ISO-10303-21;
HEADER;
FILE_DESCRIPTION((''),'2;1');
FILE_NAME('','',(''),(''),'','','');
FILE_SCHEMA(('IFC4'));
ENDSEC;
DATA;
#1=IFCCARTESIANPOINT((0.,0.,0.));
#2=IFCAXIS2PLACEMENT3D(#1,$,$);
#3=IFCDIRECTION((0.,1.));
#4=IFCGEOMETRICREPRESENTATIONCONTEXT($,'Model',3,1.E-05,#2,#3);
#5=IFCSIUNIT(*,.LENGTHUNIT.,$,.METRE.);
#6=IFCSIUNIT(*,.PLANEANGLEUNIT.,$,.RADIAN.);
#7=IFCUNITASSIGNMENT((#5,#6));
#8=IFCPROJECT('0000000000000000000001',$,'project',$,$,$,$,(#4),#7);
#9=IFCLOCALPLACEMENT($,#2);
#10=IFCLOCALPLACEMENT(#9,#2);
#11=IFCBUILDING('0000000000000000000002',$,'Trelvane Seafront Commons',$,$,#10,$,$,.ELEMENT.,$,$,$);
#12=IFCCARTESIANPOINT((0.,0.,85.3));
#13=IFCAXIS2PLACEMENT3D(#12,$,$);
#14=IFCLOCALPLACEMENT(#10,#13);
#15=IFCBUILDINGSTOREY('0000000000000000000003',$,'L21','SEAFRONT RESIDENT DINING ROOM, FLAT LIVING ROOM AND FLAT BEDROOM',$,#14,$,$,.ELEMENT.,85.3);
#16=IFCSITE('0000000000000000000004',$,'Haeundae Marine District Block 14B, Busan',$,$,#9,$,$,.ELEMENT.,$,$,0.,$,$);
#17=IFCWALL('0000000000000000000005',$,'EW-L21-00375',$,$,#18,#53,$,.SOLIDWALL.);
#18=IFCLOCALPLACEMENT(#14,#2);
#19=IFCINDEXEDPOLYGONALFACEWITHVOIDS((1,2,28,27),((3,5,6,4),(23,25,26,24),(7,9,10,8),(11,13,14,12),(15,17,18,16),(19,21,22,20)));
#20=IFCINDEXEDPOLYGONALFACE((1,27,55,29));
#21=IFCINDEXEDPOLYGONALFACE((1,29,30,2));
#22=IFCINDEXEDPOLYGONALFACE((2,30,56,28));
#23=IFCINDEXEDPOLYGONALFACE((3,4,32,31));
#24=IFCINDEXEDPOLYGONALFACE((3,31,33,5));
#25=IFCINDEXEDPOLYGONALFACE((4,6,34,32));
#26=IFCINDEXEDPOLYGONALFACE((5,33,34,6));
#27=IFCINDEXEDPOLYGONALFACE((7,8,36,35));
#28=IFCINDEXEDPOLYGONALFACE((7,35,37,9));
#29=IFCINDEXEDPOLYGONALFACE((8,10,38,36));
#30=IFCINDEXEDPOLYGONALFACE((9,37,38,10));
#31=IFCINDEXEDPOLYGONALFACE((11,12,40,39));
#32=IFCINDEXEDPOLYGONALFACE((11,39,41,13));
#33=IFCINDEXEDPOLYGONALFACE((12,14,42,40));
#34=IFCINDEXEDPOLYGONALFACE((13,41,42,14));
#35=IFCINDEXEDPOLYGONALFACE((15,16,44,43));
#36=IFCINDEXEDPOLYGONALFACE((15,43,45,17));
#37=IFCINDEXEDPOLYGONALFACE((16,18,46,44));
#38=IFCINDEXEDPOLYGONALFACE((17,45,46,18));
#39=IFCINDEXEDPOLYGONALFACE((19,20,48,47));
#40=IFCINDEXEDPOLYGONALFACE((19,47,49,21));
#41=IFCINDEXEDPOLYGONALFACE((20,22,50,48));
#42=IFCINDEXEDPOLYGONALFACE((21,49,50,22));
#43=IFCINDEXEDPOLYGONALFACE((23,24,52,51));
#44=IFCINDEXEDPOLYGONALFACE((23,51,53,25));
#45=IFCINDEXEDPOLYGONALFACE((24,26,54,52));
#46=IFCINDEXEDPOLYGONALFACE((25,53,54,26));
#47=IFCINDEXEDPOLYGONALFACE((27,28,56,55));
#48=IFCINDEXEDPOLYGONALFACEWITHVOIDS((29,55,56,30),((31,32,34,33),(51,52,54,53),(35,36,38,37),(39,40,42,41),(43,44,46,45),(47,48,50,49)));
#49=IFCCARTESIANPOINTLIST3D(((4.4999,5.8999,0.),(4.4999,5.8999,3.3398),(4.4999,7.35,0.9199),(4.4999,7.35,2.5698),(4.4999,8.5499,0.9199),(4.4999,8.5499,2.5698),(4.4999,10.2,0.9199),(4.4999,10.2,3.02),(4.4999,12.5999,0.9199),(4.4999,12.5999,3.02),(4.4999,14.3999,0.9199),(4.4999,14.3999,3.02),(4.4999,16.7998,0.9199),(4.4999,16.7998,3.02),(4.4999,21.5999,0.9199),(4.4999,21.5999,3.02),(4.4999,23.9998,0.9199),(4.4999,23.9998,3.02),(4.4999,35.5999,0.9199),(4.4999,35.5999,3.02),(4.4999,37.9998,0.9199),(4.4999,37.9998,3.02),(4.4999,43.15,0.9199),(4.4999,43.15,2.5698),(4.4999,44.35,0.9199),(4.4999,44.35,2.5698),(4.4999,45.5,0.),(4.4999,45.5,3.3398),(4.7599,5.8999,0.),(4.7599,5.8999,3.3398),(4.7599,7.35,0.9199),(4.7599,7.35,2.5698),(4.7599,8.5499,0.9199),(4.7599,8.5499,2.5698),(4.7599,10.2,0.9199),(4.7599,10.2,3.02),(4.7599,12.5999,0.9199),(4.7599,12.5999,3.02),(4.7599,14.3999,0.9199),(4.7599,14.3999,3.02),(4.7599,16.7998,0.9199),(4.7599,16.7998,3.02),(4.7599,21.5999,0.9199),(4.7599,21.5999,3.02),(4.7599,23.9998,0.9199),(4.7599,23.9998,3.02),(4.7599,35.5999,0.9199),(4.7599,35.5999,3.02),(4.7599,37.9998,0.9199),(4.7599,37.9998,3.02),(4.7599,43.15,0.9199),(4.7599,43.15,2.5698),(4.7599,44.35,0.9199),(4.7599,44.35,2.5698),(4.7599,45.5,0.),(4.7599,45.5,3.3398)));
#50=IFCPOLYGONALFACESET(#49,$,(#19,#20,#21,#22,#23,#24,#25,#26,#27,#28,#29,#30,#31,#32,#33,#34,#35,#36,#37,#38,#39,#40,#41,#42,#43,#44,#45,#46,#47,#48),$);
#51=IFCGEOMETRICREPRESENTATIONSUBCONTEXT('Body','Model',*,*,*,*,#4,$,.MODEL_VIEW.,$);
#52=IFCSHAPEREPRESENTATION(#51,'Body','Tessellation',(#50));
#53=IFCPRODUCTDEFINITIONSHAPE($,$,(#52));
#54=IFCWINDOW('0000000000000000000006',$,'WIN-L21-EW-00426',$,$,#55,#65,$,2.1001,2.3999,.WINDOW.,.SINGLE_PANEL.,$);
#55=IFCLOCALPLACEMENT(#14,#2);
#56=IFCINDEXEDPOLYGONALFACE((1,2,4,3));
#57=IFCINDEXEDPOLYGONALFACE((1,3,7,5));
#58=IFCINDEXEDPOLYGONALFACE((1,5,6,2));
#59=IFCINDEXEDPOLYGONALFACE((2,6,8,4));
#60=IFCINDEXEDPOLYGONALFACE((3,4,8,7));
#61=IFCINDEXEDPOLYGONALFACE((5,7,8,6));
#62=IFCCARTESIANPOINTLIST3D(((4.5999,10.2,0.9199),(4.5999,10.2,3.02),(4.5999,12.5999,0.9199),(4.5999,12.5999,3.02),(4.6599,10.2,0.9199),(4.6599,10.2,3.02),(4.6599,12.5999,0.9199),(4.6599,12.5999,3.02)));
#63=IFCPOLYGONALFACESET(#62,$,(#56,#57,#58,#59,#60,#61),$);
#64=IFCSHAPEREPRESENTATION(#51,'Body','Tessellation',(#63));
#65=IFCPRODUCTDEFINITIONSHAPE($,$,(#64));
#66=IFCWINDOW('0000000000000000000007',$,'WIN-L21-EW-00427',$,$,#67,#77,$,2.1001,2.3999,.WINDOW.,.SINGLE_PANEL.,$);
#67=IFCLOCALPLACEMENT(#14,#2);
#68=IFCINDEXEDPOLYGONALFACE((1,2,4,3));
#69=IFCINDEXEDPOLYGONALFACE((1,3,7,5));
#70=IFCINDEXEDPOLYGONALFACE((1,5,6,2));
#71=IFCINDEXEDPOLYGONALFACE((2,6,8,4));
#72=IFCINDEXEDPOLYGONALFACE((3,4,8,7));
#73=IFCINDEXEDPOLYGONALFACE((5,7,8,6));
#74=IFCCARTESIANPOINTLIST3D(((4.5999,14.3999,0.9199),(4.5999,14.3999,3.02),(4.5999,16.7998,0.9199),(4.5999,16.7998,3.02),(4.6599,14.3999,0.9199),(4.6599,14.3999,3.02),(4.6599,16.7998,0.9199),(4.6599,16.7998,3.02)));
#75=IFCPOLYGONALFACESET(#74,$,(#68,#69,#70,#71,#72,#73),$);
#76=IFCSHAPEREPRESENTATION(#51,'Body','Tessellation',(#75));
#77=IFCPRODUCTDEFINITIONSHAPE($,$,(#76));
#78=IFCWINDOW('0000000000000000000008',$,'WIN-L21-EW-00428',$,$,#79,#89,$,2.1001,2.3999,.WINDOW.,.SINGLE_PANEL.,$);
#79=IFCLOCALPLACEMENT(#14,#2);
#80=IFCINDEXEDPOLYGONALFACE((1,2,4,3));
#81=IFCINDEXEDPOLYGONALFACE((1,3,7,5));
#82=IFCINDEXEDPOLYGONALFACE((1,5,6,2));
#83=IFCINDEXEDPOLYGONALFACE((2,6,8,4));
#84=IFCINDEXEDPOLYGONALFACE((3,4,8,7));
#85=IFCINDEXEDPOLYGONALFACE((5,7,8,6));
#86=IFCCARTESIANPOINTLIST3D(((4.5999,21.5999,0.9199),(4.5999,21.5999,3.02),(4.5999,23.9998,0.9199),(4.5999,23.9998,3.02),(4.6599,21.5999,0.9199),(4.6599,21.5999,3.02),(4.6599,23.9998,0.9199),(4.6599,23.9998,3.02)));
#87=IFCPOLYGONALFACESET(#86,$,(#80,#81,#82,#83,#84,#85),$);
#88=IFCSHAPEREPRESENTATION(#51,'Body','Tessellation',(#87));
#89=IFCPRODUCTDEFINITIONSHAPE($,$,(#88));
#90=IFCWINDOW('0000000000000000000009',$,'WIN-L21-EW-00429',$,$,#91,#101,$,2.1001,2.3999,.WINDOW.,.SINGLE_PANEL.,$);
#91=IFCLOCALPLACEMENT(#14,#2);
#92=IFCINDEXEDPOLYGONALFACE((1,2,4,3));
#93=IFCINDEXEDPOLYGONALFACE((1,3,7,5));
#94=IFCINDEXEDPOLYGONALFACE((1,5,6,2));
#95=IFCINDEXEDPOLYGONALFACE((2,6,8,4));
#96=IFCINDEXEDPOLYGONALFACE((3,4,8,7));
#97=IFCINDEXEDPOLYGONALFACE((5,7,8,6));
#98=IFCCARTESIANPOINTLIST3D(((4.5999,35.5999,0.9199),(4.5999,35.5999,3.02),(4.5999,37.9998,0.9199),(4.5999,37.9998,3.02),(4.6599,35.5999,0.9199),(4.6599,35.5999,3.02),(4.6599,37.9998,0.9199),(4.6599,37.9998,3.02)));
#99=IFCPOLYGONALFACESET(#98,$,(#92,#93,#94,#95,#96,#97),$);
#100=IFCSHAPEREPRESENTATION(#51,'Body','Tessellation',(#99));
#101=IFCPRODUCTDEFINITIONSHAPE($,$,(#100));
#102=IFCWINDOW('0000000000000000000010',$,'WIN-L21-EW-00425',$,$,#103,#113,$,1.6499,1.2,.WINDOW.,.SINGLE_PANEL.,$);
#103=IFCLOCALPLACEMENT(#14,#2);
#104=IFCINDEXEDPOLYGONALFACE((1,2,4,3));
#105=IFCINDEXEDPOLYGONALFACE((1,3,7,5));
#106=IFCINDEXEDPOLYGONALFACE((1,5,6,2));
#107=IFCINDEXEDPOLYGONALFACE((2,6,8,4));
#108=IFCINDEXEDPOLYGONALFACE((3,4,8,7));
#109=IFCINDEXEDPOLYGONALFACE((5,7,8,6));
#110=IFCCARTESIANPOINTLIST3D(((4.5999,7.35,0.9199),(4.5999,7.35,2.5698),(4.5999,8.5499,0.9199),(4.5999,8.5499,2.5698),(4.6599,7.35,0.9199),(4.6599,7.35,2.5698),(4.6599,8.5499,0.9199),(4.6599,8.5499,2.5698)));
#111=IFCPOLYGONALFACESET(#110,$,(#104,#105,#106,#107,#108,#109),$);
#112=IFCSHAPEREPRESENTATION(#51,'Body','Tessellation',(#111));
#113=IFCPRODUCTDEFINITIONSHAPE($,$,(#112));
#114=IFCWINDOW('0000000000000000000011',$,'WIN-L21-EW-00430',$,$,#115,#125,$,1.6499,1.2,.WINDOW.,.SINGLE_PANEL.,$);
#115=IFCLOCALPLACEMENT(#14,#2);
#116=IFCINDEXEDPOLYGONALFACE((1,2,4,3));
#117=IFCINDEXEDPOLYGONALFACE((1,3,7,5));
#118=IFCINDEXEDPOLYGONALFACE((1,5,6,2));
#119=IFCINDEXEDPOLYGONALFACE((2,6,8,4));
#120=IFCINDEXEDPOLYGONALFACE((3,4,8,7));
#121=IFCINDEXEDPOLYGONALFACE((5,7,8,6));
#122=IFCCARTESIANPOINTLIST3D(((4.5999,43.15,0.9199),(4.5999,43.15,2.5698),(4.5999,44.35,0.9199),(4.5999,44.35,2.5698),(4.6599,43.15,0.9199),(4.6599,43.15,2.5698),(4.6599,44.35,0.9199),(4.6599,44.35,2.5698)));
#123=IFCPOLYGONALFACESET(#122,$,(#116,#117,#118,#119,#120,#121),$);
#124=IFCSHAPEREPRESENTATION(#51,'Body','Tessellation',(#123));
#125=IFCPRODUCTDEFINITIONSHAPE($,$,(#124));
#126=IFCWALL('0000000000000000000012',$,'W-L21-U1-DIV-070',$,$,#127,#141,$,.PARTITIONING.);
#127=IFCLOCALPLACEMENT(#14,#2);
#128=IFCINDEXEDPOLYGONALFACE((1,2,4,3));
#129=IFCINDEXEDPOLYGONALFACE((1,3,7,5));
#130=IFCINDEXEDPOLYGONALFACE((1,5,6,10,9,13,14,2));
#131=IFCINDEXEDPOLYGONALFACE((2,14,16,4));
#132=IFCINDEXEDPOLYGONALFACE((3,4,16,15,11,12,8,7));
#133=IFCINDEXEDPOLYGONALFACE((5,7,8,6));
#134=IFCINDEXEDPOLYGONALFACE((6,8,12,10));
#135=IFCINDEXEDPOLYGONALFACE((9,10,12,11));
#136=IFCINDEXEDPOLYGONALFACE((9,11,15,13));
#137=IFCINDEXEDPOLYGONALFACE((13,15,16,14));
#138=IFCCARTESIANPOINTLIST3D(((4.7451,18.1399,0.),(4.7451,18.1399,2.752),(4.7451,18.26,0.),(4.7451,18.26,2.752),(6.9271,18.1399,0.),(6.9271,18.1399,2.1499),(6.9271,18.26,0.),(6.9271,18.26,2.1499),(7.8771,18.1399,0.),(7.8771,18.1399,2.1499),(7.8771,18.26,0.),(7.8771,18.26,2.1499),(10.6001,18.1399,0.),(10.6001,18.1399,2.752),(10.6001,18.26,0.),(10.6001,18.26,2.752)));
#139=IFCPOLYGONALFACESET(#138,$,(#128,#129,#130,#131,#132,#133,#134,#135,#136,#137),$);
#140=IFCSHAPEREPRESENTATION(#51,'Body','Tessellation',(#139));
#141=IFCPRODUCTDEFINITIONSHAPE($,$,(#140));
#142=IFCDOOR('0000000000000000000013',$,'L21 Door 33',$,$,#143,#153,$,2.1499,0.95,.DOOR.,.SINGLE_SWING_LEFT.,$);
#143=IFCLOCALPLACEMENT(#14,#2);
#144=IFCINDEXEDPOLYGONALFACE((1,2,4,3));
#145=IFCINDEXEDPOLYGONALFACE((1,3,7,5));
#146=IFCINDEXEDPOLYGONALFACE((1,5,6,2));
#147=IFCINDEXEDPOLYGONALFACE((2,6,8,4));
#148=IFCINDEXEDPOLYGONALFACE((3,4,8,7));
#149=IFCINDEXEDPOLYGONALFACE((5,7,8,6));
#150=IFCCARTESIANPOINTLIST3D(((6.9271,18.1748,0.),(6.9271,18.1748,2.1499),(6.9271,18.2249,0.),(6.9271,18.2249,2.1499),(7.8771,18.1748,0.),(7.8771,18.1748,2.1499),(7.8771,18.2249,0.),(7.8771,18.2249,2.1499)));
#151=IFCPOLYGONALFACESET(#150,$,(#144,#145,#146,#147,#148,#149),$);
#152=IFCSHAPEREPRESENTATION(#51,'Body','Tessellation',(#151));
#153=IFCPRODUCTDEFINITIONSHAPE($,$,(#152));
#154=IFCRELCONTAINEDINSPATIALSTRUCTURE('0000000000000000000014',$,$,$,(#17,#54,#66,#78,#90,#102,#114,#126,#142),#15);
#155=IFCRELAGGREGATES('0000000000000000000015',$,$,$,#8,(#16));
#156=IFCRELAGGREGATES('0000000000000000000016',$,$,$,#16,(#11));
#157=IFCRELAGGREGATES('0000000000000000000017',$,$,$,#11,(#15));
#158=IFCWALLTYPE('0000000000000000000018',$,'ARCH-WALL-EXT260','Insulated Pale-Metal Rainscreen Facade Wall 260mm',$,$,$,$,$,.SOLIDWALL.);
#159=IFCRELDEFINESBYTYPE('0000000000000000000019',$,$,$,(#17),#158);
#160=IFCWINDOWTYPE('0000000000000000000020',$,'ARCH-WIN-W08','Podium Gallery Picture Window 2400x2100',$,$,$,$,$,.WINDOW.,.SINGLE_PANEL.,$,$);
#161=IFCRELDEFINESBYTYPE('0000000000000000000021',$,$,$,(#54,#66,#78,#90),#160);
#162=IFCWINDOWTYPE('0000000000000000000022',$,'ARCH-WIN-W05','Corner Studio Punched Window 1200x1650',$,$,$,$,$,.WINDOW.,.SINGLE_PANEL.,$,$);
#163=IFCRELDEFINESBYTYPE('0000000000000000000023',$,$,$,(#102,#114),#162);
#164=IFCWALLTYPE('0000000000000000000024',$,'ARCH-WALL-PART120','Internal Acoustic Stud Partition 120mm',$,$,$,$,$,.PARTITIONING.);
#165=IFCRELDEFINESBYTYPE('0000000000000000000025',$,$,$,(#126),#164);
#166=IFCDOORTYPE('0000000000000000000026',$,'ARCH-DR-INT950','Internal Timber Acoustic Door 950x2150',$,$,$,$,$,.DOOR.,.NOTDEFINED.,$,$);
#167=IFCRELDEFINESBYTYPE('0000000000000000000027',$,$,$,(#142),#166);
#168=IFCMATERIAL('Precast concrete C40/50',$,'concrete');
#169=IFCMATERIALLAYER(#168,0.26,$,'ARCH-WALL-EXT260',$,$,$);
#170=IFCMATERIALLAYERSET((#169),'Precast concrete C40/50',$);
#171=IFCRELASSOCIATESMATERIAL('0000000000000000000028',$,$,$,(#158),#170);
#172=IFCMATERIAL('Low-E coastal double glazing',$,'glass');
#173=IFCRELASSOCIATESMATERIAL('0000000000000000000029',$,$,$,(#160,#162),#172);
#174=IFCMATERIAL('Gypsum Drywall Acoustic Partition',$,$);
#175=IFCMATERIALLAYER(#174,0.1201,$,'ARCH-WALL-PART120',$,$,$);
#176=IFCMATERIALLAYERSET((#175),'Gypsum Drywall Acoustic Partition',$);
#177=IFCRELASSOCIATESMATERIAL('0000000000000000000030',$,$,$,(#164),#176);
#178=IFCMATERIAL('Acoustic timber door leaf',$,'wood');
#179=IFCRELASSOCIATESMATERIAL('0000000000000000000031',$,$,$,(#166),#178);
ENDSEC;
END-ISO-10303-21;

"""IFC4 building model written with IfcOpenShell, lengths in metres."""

from ifc_helpers import new_model, si_unit, direction, frame, frame_2d, origin, place, context, subcontext, project, spatial, rectangle, extrude, source, transform, mapped, material, layer, layer_set, type_object, element, fill, save


model = new_model("IFC4")

# Units and contexts
model_context = context("Model", 3, precision=1e-05, world=origin(), true_north=direction((0.0, 1.0)))
body_context = subcontext(model_context, "Body", "Model", "MODEL_VIEW")
ifc_project = project(units=[si_unit("LENGTHUNIT", "METRE"), si_unit("PLANEANGLEUNIT", "RADIAN")], contexts=[model_context])

# Site, building, storey
site_placement = place(None, origin())
site = spatial("IfcSite", under=ifc_project, at=site_placement, Name="Haeundae Marine District Block 14B, Busan", CompositionType="ELEMENT", RefElevation=0.0)
building_placement = place(site_placement, origin())
building = spatial("IfcBuilding", under=site, at=building_placement, Name="Trelvane Seafront Commons", CompositionType="ELEMENT")
storey_placement = place(building_placement, frame((0.0, 0.0, 85.3)))
storey = spatial("IfcBuildingStorey", under=building, at=storey_placement, Name="L21", Description="SEAFRONT RESIDENT DINING ROOM, FLAT LIVING ROOM AND FLAT BEDROOM", CompositionType="ELEMENT", Elevation=85.3)

# Shared definitions
ifc_material_1 = material(Name="Precast concrete C40/50", Category="concrete")
ifc_layer_1 = layer(ifc_material_1, 0.26, Name="ARCH-WALL-EXT260")
ifc_layer_set_1 = layer_set([ifc_layer_1], Name="Precast concrete C40/50")
wall_type_1 = type_object("IfcWallType", Name="ARCH-WALL-EXT260", Description="Insulated Pale-Metal Rainscreen Facade Wall 260mm", PredefinedType="SOLIDWALL", material=ifc_layer_set_1)

# Wall, openings, windows
wall_1_placement = place(storey_placement, frame((4.6299, 5.8999, 0.0), z_axis=(0.0, 0.0, 1.0), x_axis=(0.0, 1.0, 0.0)))
wall_1 = element("IfcWall", 1, at=wall_1_placement, inside=storey, type_object=wall_type_1, Name="EW-L21-00375", PredefinedType="SOLIDWALL", context=body_context, shape_type="SweptSolid", body=[
    extrude(rectangle(XDim=39.6001, YDim=0.26, at=frame_2d((19.8, 0.0))), origin(), (0.0, 0.0, 1.0), 3.3398),
])
opening_1_placement = place(wall_1_placement, frame((1.45, 0.0, 0.9199)))
opening_1 = element("IfcOpeningElement", 2, at=opening_1_placement, cuts=wall_1, PredefinedType="OPENING", context=body_context, shape_type="SweptSolid", body=[
    extrude(rectangle(XDim=1.2, YDim=1.6499, at=frame_2d((0.6001, 0.825))), frame((0.0, 0.1399, 0.0), z_axis=(0.0, -1.0, 0.0), x_axis=(1.0, 0.0, 0.0)), (0.0, 0.0, 1.0), 0.28),
])
opening_2_placement = place(wall_1_placement, frame((4.3, 0.0, 0.9199)))
opening_2 = element("IfcOpeningElement", 3, at=opening_2_placement, cuts=wall_1, PredefinedType="OPENING", context=body_context, shape_type="SweptSolid", body=[
    extrude(rectangle(XDim=2.3999, YDim=2.1001, at=frame_2d((1.2, 1.05))), frame((0.0, 0.1399, 0.0), z_axis=(0.0, -1.0, 0.0), x_axis=(1.0, 0.0, 0.0)), (0.0, 0.0, 1.0), 0.28),
])
opening_3_placement = place(wall_1_placement, frame((8.5, 0.0, 0.9199)))
opening_3 = element("IfcOpeningElement", 4, at=opening_3_placement, cuts=wall_1, PredefinedType="OPENING", context=body_context, shape_type="SweptSolid", body=[
    extrude(rectangle(XDim=2.3999, YDim=2.1001, at=frame_2d((1.2, 1.05))), frame((0.0, 0.1399, 0.0), z_axis=(0.0, -1.0, 0.0), x_axis=(1.0, 0.0, 0.0)), (0.0, 0.0, 1.0), 0.28),
])
opening_4_placement = place(wall_1_placement, frame((15.7, 0.0, 0.9199)))
opening_4 = element("IfcOpeningElement", 5, at=opening_4_placement, cuts=wall_1, PredefinedType="OPENING", context=body_context, shape_type="SweptSolid", body=[
    extrude(rectangle(XDim=2.3999, YDim=2.1001, at=frame_2d((1.2, 1.05))), frame((0.0, 0.1399, 0.0), z_axis=(0.0, -1.0, 0.0), x_axis=(1.0, 0.0, 0.0)), (0.0, 0.0, 1.0), 0.28),
])
opening_5_placement = place(wall_1_placement, frame((29.7, 0.0, 0.9199)))
opening_5 = element("IfcOpeningElement", 6, at=opening_5_placement, cuts=wall_1, PredefinedType="OPENING", context=body_context, shape_type="SweptSolid", body=[
    extrude(rectangle(XDim=2.3999, YDim=2.1001, at=frame_2d((1.2, 1.05))), frame((0.0, 0.1399, 0.0), z_axis=(0.0, -1.0, 0.0), x_axis=(1.0, 0.0, 0.0)), (0.0, 0.0, 1.0), 0.28),
])
opening_6_placement = place(wall_1_placement, frame((37.25, 0.0, 0.9199)))
opening_6 = element("IfcOpeningElement", 7, at=opening_6_placement, cuts=wall_1, PredefinedType="OPENING", context=body_context, shape_type="SweptSolid", body=[
    extrude(rectangle(XDim=1.2, YDim=1.6499, at=frame_2d((0.6001, 0.825))), frame((0.0, 0.1399, 0.0), z_axis=(0.0, -1.0, 0.0), x_axis=(1.0, 0.0, 0.0)), (0.0, 0.0, 1.0), 0.28),
])
ifc_material_2 = material(Name="Low-E coastal double glazing", Category="glass")
window_type_1 = type_object("IfcWindowType", Name="ARCH-WIN-W08", Description="Podium Gallery Picture Window 2400x2100", PartitioningType="SINGLE_PANEL", PredefinedType="WINDOW", material=ifc_material_2)
shared_shape_1 = source(origin(), body_context, "Body", "SweptSolid", [
    extrude(rectangle(XDim=2.3999, YDim=2.1001, at=frame_2d((1.2, 1.05))), frame((0.0, 0.03, 0.0), z_axis=(0.0, -1.0, 0.0), x_axis=(1.0, 0.0, 0.0)), (0.0, 0.0, 1.0), 0.0601),
])
window_1_placement = place(opening_2_placement, origin())
window_1 = element("IfcWindow", 8, at=window_1_placement, inside=storey, type_object=window_type_1, Name="WIN-L21-EW-00426", OverallHeight=2.1001, OverallWidth=2.3999, PartitioningType="SINGLE_PANEL", PredefinedType="WINDOW", context=body_context, shape_type="MappedRepresentation", body=[
    mapped(shared_shape_1, transform((0.0, 0.0, 0.0), x_axis=(1.0, 0.0, 0.0), y_axis=(0.0, 1.0, 0.0), z_axis=(0.0, 0.0, 1.0), scale=1.0)),
])
fill(opening_2, window_1)
window_2_placement = place(opening_3_placement, origin())
window_2 = element("IfcWindow", 9, at=window_2_placement, inside=storey, type_object=window_type_1, Name="WIN-L21-EW-00427", OverallHeight=2.1001, OverallWidth=2.3999, PartitioningType="SINGLE_PANEL", PredefinedType="WINDOW", context=body_context, shape_type="MappedRepresentation", body=[
    mapped(shared_shape_1, transform((0.0, 0.0, 0.0), x_axis=(1.0, 0.0, 0.0), y_axis=(0.0, 1.0, 0.0), z_axis=(0.0, 0.0, 1.0), scale=1.0)),
])
fill(opening_3, window_2)
window_3_placement = place(opening_4_placement, origin())
window_3 = element("IfcWindow", 10, at=window_3_placement, inside=storey, type_object=window_type_1, Name="WIN-L21-EW-00428", OverallHeight=2.1001, OverallWidth=2.3999, PartitioningType="SINGLE_PANEL", PredefinedType="WINDOW", context=body_context, shape_type="MappedRepresentation", body=[
    mapped(shared_shape_1, transform((0.0, 0.0, 0.0), x_axis=(1.0, 0.0, 0.0), y_axis=(0.0, 1.0, 0.0), z_axis=(0.0, 0.0, 1.0), scale=1.0)),
])
fill(opening_4, window_3)
window_4_placement = place(opening_5_placement, origin())
window_4 = element("IfcWindow", 11, at=window_4_placement, inside=storey, type_object=window_type_1, Name="WIN-L21-EW-00429", OverallHeight=2.1001, OverallWidth=2.3999, PartitioningType="SINGLE_PANEL", PredefinedType="WINDOW", context=body_context, shape_type="MappedRepresentation", body=[
    mapped(shared_shape_1, transform((0.0, 0.0, 0.0), x_axis=(1.0, 0.0, 0.0), y_axis=(0.0, 1.0, 0.0), z_axis=(0.0, 0.0, 1.0), scale=1.0)),
])
fill(opening_5, window_4)
window_type_2 = type_object("IfcWindowType", Name="ARCH-WIN-W05", Description="Corner Studio Punched Window 1200x1650", PartitioningType="SINGLE_PANEL", PredefinedType="WINDOW", material=ifc_material_2)
shared_shape_2 = source(origin(), body_context, "Body", "SweptSolid", [
    extrude(rectangle(XDim=1.2, YDim=1.6499, at=frame_2d((0.6001, 0.825))), frame((0.0, 0.03, 0.0), z_axis=(0.0, -1.0, 0.0), x_axis=(1.0, 0.0, 0.0)), (0.0, 0.0, 1.0), 0.0601),
])
window_5_placement = place(opening_1_placement, origin())
window_5 = element("IfcWindow", 12, at=window_5_placement, inside=storey, type_object=window_type_2, Name="WIN-L21-EW-00425", OverallHeight=1.6499, OverallWidth=1.2, PartitioningType="SINGLE_PANEL", PredefinedType="WINDOW", context=body_context, shape_type="MappedRepresentation", body=[
    mapped(shared_shape_2, transform((0.0, 0.0, 0.0), x_axis=(1.0, 0.0, 0.0), y_axis=(0.0, 1.0, 0.0), z_axis=(0.0, 0.0, 1.0), scale=1.0)),
])
fill(opening_1, window_5)
window_6_placement = place(opening_6_placement, origin())
window_6 = element("IfcWindow", 13, at=window_6_placement, inside=storey, type_object=window_type_2, Name="WIN-L21-EW-00430", OverallHeight=1.6499, OverallWidth=1.2, PartitioningType="SINGLE_PANEL", PredefinedType="WINDOW", context=body_context, shape_type="MappedRepresentation", body=[
    mapped(shared_shape_2, transform((0.0, 0.0, 0.0), x_axis=(1.0, 0.0, 0.0), y_axis=(0.0, 1.0, 0.0), z_axis=(0.0, 0.0, 1.0), scale=1.0)),
])
fill(opening_6, window_6)

# Wall, opening, door
ifc_material_3 = material(Name="Gypsum Drywall Acoustic Partition")
ifc_layer_2 = layer(ifc_material_3, 0.1201, Name="ARCH-WALL-PART120")
ifc_layer_set_2 = layer_set([ifc_layer_2], Name="Gypsum Drywall Acoustic Partition")
wall_type_2 = type_object("IfcWallType", Name="ARCH-WALL-PART120", Description="Internal Acoustic Stud Partition 120mm", PredefinedType="PARTITIONING", material=ifc_layer_set_2)
wall_2_placement = place(storey_placement, frame((4.7451, 18.2, 0.0), z_axis=(0.0, 0.0, 1.0), x_axis=(1.0, 0.0, 0.0)))
wall_2 = element("IfcWall", 14, at=wall_2_placement, inside=storey, type_object=wall_type_2, Name="W-L21-U1-DIV-070", PredefinedType="PARTITIONING", context=body_context, shape_type="SweptSolid", body=[
    extrude(rectangle(XDim=5.855, YDim=0.1201, at=frame_2d((2.9275, 0.0))), origin(), (0.0, 0.0, 1.0), 2.752),
])
opening_7_placement = place(wall_2_placement, frame((2.1819, 0.0, 0.0)))
opening_7 = element("IfcOpeningElement", 15, at=opening_7_placement, cuts=wall_2, PredefinedType="OPENING", context=body_context, shape_type="SweptSolid", body=[
    extrude(rectangle(XDim=0.95, YDim=2.1499, at=frame_2d((0.4751, 1.075))), frame((0.0, 0.0701, 0.0), z_axis=(0.0, -1.0, 0.0), x_axis=(1.0, 0.0, 0.0)), (0.0, 0.0, 1.0), 0.1401),
])
ifc_material_4 = material(Name="Acoustic timber door leaf", Category="wood")
door_type = type_object("IfcDoorType", Name="ARCH-DR-INT950", Description="Internal Timber Acoustic Door 950x2150", OperationType="NOTDEFINED", PredefinedType="DOOR", material=ifc_material_4)
shared_shape_3 = source(origin(), body_context, "Body", "SweptSolid", [
    extrude(rectangle(XDim=0.95, YDim=2.1499, at=frame_2d((0.4751, 1.075))), frame((0.0, 0.0249, 0.0), z_axis=(0.0, -1.0, 0.0), x_axis=(1.0, 0.0, 0.0)), (0.0, 0.0, 1.0), 0.05),
])
door_1_placement = place(opening_7_placement, origin())
door_1 = element("IfcDoor", 16, at=door_1_placement, inside=storey, type_object=door_type, Name="L21 Door 33", OperationType="SINGLE_SWING_LEFT", OverallHeight=2.1499, OverallWidth=0.95, PredefinedType="DOOR", context=body_context, shape_type="MappedRepresentation", body=[
    mapped(shared_shape_3, transform((0.0, 0.0, 0.0), x_axis=(1.0, 0.0, 0.0), y_axis=(0.0, 1.0, 0.0), z_axis=(0.0, 0.0, 1.0), scale=1.0)),
])
fill(opening_7, door_1)

save(model, "model.ifc")
